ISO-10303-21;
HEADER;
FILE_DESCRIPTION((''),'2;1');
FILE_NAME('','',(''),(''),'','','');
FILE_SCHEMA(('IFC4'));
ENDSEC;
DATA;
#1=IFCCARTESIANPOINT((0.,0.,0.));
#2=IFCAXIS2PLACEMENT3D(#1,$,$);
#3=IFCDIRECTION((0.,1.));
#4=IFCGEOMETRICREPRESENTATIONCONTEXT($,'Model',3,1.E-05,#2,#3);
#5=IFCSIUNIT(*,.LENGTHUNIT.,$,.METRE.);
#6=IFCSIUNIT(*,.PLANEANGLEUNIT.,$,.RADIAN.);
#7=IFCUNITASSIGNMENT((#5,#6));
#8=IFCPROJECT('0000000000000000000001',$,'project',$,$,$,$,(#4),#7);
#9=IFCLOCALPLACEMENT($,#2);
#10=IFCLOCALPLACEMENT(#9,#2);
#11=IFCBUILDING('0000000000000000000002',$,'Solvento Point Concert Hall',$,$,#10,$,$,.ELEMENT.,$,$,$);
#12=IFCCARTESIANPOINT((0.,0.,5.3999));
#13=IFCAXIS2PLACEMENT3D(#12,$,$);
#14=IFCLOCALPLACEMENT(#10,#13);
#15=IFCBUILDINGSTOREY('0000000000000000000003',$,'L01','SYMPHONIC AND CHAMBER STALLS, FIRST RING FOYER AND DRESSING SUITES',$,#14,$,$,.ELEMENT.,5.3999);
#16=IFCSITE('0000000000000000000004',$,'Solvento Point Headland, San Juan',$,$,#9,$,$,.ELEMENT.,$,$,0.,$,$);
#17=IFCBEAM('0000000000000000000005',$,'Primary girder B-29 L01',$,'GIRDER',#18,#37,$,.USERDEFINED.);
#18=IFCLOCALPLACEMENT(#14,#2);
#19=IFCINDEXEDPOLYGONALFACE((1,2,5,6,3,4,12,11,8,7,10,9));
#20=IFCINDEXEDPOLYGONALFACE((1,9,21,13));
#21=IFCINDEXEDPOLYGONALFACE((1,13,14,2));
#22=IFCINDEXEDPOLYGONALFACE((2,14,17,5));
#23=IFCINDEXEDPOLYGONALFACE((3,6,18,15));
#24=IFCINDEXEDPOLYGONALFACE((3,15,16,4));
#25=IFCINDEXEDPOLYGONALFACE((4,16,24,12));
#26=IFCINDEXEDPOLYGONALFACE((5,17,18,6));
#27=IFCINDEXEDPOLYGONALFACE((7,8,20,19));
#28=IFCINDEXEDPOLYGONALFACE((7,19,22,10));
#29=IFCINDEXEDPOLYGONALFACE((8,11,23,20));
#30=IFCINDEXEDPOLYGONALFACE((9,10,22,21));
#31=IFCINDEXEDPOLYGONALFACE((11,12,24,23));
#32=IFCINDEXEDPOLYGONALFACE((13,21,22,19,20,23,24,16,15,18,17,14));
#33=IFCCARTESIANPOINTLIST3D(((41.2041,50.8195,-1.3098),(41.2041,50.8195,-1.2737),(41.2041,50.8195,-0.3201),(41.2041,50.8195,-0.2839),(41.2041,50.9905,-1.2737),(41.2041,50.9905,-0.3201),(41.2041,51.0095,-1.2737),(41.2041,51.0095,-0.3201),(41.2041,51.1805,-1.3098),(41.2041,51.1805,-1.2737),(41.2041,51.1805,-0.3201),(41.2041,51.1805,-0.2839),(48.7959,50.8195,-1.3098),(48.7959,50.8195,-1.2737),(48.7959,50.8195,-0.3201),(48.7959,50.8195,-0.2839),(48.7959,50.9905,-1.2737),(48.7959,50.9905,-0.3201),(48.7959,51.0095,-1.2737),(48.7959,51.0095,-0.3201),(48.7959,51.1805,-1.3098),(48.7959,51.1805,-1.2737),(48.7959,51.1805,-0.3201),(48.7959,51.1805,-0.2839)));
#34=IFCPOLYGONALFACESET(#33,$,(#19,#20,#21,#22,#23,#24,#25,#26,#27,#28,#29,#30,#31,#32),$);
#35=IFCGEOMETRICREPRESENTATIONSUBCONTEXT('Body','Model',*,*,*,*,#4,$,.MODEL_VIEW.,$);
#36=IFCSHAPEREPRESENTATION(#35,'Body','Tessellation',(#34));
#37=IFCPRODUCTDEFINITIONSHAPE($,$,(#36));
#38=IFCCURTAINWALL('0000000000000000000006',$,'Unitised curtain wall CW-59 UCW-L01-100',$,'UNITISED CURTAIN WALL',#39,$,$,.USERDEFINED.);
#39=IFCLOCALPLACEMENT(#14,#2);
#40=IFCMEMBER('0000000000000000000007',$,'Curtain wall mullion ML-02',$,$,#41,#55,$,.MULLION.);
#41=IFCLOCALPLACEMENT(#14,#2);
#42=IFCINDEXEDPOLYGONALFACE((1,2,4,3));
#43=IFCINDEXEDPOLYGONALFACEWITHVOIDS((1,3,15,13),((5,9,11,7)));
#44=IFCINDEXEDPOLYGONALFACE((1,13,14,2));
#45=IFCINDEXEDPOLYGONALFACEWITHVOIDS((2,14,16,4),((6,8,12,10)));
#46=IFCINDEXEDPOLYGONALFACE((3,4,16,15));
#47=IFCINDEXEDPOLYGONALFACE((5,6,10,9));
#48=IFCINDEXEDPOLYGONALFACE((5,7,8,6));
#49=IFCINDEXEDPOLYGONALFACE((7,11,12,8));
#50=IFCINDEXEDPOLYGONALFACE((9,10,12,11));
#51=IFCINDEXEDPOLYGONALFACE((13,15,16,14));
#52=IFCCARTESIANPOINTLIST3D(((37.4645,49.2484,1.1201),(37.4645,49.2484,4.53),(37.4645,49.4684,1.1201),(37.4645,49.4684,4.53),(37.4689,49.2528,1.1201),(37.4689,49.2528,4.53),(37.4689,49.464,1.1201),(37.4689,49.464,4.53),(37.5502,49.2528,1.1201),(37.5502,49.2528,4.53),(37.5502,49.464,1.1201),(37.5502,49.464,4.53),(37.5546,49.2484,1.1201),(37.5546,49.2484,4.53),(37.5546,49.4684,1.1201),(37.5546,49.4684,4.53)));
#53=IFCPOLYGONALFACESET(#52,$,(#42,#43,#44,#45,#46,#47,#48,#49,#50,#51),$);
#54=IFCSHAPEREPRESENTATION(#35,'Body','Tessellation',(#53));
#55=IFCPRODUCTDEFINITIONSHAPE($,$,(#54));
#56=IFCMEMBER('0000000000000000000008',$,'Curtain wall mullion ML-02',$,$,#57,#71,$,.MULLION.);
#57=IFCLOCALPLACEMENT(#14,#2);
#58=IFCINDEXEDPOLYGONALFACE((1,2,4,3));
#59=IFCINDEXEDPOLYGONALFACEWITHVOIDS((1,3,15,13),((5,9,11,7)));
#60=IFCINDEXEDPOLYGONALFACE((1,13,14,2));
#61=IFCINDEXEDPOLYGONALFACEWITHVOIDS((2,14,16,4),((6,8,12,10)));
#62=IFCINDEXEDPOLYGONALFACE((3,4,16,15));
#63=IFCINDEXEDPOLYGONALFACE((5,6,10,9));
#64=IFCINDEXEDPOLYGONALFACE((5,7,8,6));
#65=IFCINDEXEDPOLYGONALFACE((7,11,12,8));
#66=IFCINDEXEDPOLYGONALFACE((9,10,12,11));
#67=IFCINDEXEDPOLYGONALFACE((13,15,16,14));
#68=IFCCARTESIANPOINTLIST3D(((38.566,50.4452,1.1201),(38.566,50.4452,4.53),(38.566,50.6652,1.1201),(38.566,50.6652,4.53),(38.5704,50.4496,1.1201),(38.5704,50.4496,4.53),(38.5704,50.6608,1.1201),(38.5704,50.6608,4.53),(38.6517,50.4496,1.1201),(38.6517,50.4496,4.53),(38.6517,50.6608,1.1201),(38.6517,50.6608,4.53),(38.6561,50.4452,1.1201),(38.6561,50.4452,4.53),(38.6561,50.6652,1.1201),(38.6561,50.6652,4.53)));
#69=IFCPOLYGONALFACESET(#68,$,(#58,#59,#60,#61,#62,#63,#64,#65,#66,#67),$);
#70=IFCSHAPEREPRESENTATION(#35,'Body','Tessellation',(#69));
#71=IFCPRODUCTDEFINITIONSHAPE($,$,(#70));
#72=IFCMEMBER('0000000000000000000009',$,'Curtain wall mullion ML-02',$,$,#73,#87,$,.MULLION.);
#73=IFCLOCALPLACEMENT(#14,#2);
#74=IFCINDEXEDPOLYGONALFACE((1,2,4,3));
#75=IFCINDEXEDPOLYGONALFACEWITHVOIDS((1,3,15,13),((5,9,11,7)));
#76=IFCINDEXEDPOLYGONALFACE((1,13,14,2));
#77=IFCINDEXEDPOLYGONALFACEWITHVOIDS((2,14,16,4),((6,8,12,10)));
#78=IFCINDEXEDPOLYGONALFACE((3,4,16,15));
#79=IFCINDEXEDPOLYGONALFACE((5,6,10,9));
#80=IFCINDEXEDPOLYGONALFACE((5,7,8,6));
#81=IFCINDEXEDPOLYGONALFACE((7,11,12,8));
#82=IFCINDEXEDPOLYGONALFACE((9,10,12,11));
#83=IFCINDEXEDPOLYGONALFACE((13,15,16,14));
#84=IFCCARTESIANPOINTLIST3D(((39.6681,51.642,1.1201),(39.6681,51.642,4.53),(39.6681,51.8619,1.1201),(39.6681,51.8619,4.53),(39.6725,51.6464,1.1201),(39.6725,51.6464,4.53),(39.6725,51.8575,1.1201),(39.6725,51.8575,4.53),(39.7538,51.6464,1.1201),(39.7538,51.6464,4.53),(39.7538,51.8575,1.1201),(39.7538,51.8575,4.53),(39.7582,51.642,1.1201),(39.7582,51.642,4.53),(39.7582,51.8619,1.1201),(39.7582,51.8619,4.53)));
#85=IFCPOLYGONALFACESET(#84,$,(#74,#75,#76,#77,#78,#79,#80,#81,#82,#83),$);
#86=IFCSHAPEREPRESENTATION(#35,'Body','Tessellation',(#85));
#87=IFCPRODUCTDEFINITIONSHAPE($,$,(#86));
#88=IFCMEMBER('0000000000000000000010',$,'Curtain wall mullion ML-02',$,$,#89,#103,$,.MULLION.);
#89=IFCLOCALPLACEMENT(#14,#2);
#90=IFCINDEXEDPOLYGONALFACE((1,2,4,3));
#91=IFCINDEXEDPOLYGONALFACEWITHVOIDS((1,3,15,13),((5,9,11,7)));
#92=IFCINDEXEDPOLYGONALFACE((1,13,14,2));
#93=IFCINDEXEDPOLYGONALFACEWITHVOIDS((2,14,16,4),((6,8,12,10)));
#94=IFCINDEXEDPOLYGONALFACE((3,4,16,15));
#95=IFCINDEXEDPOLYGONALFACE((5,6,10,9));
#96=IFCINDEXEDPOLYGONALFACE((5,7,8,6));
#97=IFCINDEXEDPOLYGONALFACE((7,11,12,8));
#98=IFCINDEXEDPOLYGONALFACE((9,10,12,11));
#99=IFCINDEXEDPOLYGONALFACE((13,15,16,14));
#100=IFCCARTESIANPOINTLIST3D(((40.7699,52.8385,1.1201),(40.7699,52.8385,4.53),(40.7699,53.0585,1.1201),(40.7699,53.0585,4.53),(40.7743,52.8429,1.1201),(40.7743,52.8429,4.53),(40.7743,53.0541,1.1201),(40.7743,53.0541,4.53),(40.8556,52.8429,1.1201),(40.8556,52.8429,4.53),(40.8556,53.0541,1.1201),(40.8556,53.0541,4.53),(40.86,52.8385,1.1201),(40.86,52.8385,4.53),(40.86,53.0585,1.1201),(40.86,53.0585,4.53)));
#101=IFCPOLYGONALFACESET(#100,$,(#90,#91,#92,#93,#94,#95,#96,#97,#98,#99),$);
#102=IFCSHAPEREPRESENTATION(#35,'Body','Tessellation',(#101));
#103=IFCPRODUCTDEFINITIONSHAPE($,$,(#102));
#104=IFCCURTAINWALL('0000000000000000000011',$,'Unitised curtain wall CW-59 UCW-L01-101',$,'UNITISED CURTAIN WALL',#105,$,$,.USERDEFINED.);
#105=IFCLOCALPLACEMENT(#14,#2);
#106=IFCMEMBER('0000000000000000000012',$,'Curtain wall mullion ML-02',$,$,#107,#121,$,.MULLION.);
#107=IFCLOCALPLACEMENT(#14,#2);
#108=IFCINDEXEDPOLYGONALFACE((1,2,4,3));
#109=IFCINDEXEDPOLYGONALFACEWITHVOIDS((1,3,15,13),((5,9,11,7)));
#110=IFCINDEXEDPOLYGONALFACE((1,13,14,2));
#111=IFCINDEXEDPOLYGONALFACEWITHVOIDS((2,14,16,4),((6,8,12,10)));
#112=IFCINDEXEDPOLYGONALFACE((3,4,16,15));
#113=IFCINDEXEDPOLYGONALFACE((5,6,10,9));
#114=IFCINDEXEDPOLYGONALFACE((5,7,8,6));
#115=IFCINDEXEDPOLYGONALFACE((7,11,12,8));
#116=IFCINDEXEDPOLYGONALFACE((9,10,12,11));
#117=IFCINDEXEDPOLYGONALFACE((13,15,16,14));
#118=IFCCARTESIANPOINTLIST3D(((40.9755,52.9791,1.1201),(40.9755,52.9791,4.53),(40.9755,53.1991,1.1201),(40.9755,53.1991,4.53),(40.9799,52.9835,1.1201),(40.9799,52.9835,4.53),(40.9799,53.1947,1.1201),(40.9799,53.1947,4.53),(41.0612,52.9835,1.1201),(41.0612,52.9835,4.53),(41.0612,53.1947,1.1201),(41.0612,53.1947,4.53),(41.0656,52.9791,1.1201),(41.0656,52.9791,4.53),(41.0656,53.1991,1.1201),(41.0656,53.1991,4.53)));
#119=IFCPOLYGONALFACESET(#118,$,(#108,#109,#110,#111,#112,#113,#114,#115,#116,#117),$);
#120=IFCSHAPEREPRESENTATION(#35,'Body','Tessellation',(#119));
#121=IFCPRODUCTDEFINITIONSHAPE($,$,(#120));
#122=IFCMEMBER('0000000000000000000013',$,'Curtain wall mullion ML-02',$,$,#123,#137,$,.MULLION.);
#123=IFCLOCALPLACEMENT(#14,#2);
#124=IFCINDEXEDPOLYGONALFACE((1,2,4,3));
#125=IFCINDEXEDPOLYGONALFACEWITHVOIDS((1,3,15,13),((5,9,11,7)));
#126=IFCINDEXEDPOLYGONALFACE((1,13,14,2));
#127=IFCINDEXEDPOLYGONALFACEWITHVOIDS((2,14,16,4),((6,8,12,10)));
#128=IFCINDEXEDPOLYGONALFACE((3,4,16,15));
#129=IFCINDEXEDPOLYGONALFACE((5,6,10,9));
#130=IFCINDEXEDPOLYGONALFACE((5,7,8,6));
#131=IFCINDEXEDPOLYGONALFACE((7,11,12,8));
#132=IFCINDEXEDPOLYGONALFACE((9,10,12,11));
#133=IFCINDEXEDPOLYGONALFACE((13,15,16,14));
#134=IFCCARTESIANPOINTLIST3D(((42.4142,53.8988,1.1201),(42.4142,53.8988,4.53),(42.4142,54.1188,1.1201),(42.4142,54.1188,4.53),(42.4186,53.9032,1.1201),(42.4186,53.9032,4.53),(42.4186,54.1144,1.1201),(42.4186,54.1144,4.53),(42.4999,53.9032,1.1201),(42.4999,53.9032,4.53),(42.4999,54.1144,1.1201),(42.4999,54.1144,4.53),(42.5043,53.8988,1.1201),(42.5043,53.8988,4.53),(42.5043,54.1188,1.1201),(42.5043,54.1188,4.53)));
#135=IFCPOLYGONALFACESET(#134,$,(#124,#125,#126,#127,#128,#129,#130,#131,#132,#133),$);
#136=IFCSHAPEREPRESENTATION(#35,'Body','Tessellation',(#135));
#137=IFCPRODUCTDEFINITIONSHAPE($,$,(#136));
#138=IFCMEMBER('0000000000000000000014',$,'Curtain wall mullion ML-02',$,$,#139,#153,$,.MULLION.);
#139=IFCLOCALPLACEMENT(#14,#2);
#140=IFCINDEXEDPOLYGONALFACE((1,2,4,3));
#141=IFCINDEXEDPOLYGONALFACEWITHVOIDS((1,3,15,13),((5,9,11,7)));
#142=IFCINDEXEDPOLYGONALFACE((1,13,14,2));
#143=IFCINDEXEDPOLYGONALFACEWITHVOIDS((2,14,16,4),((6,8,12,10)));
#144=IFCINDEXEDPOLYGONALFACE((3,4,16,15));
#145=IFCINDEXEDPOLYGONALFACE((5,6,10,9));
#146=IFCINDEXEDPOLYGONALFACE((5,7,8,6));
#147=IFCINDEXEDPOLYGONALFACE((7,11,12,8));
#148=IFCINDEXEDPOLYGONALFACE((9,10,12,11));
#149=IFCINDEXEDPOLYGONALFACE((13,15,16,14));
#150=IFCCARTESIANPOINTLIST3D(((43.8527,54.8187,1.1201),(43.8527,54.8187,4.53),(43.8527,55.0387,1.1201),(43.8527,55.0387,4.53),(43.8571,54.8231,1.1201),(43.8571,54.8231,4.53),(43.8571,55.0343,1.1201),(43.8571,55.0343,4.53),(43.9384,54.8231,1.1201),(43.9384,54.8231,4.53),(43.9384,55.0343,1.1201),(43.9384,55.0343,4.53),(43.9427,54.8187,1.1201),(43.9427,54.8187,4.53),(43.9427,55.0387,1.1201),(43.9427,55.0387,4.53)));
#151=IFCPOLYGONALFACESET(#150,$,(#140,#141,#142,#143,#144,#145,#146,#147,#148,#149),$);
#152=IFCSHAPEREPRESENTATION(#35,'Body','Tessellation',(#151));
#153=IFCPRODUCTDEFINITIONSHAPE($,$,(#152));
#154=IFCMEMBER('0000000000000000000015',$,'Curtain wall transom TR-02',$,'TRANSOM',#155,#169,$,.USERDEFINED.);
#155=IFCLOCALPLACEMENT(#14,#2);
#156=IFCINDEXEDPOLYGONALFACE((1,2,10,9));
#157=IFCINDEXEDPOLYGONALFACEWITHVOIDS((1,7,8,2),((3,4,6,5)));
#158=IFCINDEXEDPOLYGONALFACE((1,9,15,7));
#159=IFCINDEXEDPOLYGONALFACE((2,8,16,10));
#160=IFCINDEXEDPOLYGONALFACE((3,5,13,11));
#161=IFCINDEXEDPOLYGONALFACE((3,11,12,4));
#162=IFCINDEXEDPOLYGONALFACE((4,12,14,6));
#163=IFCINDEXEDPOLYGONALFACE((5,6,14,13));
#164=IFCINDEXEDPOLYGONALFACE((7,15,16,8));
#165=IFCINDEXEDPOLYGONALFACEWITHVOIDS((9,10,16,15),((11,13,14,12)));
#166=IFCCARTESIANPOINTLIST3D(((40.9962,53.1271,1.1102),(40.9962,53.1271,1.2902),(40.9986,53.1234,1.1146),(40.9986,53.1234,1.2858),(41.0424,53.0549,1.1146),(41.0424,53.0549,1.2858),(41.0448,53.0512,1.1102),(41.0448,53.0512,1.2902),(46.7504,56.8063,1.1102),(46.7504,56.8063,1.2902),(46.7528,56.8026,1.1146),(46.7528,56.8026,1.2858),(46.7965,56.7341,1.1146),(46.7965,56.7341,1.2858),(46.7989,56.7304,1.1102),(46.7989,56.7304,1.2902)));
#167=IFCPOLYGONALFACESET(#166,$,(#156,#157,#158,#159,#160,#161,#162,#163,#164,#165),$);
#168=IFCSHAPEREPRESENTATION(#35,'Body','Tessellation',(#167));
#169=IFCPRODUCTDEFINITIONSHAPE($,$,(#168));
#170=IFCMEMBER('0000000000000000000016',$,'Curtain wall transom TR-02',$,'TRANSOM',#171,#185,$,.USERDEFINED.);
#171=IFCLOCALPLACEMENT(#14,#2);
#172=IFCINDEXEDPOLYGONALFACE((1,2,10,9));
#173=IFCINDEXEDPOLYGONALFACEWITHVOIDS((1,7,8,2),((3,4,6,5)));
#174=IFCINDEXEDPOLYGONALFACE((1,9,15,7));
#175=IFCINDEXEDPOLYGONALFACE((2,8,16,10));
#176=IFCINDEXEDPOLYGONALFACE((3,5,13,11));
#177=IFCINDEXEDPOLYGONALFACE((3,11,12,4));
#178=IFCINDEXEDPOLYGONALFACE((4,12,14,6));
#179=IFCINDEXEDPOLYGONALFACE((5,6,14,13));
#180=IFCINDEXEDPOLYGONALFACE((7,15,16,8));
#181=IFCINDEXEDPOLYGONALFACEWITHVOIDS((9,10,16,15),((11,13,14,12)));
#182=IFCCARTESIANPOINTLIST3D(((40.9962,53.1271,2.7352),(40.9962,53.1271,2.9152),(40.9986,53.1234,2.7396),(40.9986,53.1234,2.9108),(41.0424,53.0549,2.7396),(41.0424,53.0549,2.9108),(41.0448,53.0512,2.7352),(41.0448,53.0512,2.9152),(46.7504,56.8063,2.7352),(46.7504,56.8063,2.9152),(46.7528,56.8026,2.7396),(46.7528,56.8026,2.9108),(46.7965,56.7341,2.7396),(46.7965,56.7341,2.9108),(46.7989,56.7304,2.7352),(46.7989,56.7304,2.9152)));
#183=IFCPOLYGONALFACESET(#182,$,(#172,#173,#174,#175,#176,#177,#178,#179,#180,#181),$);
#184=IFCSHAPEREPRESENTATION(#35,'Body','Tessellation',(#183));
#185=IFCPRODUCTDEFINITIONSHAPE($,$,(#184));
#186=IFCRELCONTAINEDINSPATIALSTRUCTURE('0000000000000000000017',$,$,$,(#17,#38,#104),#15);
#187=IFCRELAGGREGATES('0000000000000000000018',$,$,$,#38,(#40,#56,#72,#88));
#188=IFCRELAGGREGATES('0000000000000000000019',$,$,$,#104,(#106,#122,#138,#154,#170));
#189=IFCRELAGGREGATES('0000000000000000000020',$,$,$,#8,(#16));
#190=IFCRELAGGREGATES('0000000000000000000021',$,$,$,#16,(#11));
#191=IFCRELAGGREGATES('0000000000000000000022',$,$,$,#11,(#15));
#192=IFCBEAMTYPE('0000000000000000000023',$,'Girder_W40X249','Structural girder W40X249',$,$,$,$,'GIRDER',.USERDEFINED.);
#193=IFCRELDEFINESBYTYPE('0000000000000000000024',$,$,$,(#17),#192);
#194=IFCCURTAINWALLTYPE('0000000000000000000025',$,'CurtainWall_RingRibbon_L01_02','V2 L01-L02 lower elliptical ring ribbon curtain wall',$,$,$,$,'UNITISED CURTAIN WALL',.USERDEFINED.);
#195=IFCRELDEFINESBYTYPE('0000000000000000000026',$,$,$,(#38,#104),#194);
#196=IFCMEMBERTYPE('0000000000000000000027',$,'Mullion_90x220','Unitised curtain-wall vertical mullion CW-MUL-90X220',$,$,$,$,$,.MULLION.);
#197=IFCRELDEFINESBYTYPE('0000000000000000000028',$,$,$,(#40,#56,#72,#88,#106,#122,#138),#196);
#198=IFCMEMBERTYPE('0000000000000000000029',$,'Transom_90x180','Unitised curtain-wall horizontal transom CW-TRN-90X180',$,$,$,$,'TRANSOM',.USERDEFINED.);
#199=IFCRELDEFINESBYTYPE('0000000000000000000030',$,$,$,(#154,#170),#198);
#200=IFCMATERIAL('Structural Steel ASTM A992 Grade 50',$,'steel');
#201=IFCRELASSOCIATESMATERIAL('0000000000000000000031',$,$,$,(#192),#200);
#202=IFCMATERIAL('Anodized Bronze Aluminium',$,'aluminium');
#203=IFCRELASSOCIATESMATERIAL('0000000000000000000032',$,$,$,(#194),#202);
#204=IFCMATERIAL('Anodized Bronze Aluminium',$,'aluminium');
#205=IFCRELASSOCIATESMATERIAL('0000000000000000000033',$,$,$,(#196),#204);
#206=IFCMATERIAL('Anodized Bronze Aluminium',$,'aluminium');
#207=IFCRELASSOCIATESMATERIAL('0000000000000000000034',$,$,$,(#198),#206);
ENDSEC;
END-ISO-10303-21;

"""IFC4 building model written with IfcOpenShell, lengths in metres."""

from ifc_helpers import new_model, si_unit, direction, frame, origin, origin_2d, place, context, subcontext, project, spatial, hollow_rectangle, i_section, extrude, material, material_profile, profile_set, type_object, element, aggregate, save


model = new_model("IFC4")

# Units and contexts
model_context = context("Model", 3, precision=1e-05, world=origin(), true_north=direction((0.0, 1.0)))
body_context = subcontext(model_context, "Body", "Model", "MODEL_VIEW")
ifc_project = project(units=[si_unit("LENGTHUNIT", "METRE"), si_unit("PLANEANGLEUNIT", "RADIAN")], contexts=[model_context])

# Site, building, storey
site_placement = place(None, origin())
site = spatial("IfcSite", under=ifc_project, at=site_placement, Name="Solvento Point Headland, San Juan", CompositionType="ELEMENT", RefElevation=0.0)
building_placement = place(site_placement, origin())
building = spatial("IfcBuilding", under=site, at=building_placement, Name="Solvento Point Concert Hall", CompositionType="ELEMENT")
storey_placement = place(building_placement, frame((0.0, 0.0, 5.3999)))
storey = spatial("IfcBuildingStorey", under=building, at=storey_placement, Name="L01", Description="SYMPHONIC AND CHAMBER STALLS, FIRST RING FOYER AND DRESSING SUITES", CompositionType="ELEMENT", Elevation=5.3999)

# Beam
ifc_material_1 = material(Name="Structural Steel ASTM A992 Grade 50", Category="steel")
ifc_material_profile_1 = material_profile(ifc_material_1, i_section(OverallWidth=0.3611, OverallDepth=1.0259, WebThickness=0.019, FlangeThickness=0.0361, at=origin_2d()), Name="W40X249")
ifc_profile_set_1 = profile_set([ifc_material_profile_1], Name="Structural Steel ASTM A992 Grade 50")
beam_type_1 = type_object("IfcBeamType", Name="Girder_W40X249", Description="Structural girder W40X249", ElementType="GIRDER", PredefinedType="USERDEFINED", material=ifc_profile_set_1)
beam_1_placement = place(storey_placement, frame((41.2041, 51.0, -0.7969), z_axis=(1.0, 0.0, 0.0), x_axis=(0.0, 1.0, 0.0)))
element("IfcBeam", 1, at=beam_1_placement, inside=storey, type_object=beam_type_1, Name="Primary girder B-29 L01", ObjectType="GIRDER", PredefinedType="USERDEFINED", context=body_context, shape_type="SweptSolid", body=[
    extrude(i_section(OverallWidth=0.3611, OverallDepth=1.0259, WebThickness=0.019, FlangeThickness=0.0361, at=origin_2d()), origin(), (0.0, 0.0, 1.0), 7.5918),
])

# Curtain walls, members
ifc_material_2 = material(Name="Anodized Bronze Aluminium", Category="aluminium")
curtain_wall_type = type_object("IfcCurtainWallType", Name="CurtainWall_RingRibbon_L01_02", Description="V2 L01-L02 lower elliptical ring ribbon curtain wall", ElementType="UNITISED CURTAIN WALL", PredefinedType="USERDEFINED", material=ifc_material_2)
curtain_wall_1_placement = place(storey_placement, origin())
curtain_wall_1 = element("IfcCurtainWall", 2, at=curtain_wall_1_placement, inside=storey, type_object=curtain_wall_type, Name="Unitised curtain wall CW-59 UCW-L01-100", ObjectType="UNITISED CURTAIN WALL", PredefinedType="USERDEFINED")
ifc_material_3 = material(Name="Anodized Bronze Aluminium", Category="aluminium")
ifc_material_profile_2 = material_profile(ifc_material_3, hollow_rectangle(XDim=0.0901, YDim=0.22, WallThickness=0.0044, at=origin_2d()), Name="CW-MUL-90X220")
ifc_profile_set_2 = profile_set([ifc_material_profile_2], Name="Anodized Bronze Aluminium")
member_type_1 = type_object("IfcMemberType", Name="Mullion_90x220", Description="Unitised curtain-wall vertical mullion CW-MUL-90X220", PredefinedType="MULLION", material=ifc_profile_set_2)
member_1_placement = place(storey_placement, frame((37.5095, 49.3584, 1.1201), z_axis=(0.0, 0.0, 1.0), x_axis=(1.0, 0.0, 0.0)))
member_1 = element("IfcMember", 3, at=member_1_placement, type_object=member_type_1, Name="Curtain wall mullion ML-02", PredefinedType="MULLION", context=body_context, shape_type="SweptSolid", body=[
    extrude(hollow_rectangle(XDim=0.0901, YDim=0.22, WallThickness=0.0044, at=origin_2d()), origin(), (0.0, 0.0, 1.0), 3.4099),
])
member_2_placement = place(storey_placement, frame((38.6111, 50.5552, 1.1201), z_axis=(0.0, 0.0, 1.0), x_axis=(1.0, 0.0, 0.0)))
member_2 = element("IfcMember", 4, at=member_2_placement, type_object=member_type_1, Name="Curtain wall mullion ML-02", PredefinedType="MULLION", context=body_context, shape_type="SweptSolid", body=[
    extrude(hollow_rectangle(XDim=0.0901, YDim=0.22, WallThickness=0.0044, at=origin_2d()), origin(), (0.0, 0.0, 1.0), 3.4099),
])
member_3_placement = place(storey_placement, frame((39.7131, 51.752, 1.1201), z_axis=(0.0, 0.0, 1.0), x_axis=(1.0, 0.0, 0.0)))
member_3 = element("IfcMember", 5, at=member_3_placement, type_object=member_type_1, Name="Curtain wall mullion ML-02", PredefinedType="MULLION", context=body_context, shape_type="SweptSolid", body=[
    extrude(hollow_rectangle(XDim=0.0901, YDim=0.22, WallThickness=0.0044, at=origin_2d()), origin(), (0.0, 0.0, 1.0), 3.4099),
])
member_4_placement = place(storey_placement, frame((40.8149, 52.9485, 1.1201), z_axis=(0.0, 0.0, 1.0), x_axis=(1.0, 0.0, 0.0)))
member_4 = element("IfcMember", 6, at=member_4_placement, type_object=member_type_1, Name="Curtain wall mullion ML-02", PredefinedType="MULLION", context=body_context, shape_type="SweptSolid", body=[
    extrude(hollow_rectangle(XDim=0.0901, YDim=0.22, WallThickness=0.0044, at=origin_2d()), origin(), (0.0, 0.0, 1.0), 3.4099),
])
curtain_wall_2_placement = place(storey_placement, origin())
curtain_wall_2 = element("IfcCurtainWall", 7, at=curtain_wall_2_placement, inside=storey, type_object=curtain_wall_type, Name="Unitised curtain wall CW-59 UCW-L01-101", ObjectType="UNITISED CURTAIN WALL", PredefinedType="USERDEFINED")
member_5_placement = place(storey_placement, frame((41.0205, 53.0891, 1.1201), z_axis=(0.0, 0.0, 1.0), x_axis=(1.0, 0.0, 0.0)))
member_5 = element("IfcMember", 8, at=member_5_placement, type_object=member_type_1, Name="Curtain wall mullion ML-02", PredefinedType="MULLION", context=body_context, shape_type="SweptSolid", body=[
    extrude(hollow_rectangle(XDim=0.0901, YDim=0.22, WallThickness=0.0044, at=origin_2d()), origin(), (0.0, 0.0, 1.0), 3.4099),
])
member_6_placement = place(storey_placement, frame((42.4592, 54.0088, 1.1201), z_axis=(0.0, 0.0, 1.0), x_axis=(1.0, 0.0, 0.0)))
member_6 = element("IfcMember", 9, at=member_6_placement, type_object=member_type_1, Name="Curtain wall mullion ML-02", PredefinedType="MULLION", context=body_context, shape_type="SweptSolid", body=[
    extrude(hollow_rectangle(XDim=0.0901, YDim=0.22, WallThickness=0.0044, at=origin_2d()), origin(), (0.0, 0.0, 1.0), 3.4099),
])
member_7_placement = place(storey_placement, frame((43.8977, 54.9287, 1.1201), z_axis=(0.0, 0.0, 1.0), x_axis=(1.0, 0.0, 0.0)))
member_7 = element("IfcMember", 10, at=member_7_placement, type_object=member_type_1, Name="Curtain wall mullion ML-02", PredefinedType="MULLION", context=body_context, shape_type="SweptSolid", body=[
    extrude(hollow_rectangle(XDim=0.0901, YDim=0.22, WallThickness=0.0044, at=origin_2d()), origin(), (0.0, 0.0, 1.0), 3.4099),
])
ifc_material_4 = material(Name="Anodized Bronze Aluminium", Category="aluminium")
ifc_material_profile_3 = material_profile(ifc_material_4, hollow_rectangle(XDim=0.0901, YDim=0.1799, WallThickness=0.0044, at=origin_2d()), Name="CW-TRN-90X180")
ifc_profile_set_3 = profile_set([ifc_material_profile_3], Name="Anodized Bronze Aluminium")
member_type_2 = type_object("IfcMemberType", Name="Transom_90x180", Description="Unitised curtain-wall horizontal transom CW-TRN-90X180", ElementType="TRANSOM", PredefinedType="USERDEFINED", material=ifc_profile_set_3)
member_8_placement = place(storey_placement, frame((41.0205, 53.0891, 1.2002), z_axis=(0.842501, 0.538695, 0.0), x_axis=(-0.538695, 0.842501, 0.0)))
member_8 = element("IfcMember", 11, at=member_8_placement, type_object=member_type_2, Name="Curtain wall transom TR-02", ObjectType="TRANSOM", PredefinedType="USERDEFINED", context=body_context, shape_type="SweptSolid", body=[
    extrude(hollow_rectangle(XDim=0.0901, YDim=0.1799, WallThickness=0.0044, at=origin_2d()), origin(), (0.0, 0.0, 1.0), 6.8298),
])
member_9_placement = place(storey_placement, frame((41.0205, 53.0891, 2.8252), z_axis=(0.842501, 0.538695, 0.0), x_axis=(-0.538695, 0.842501, 0.0)))
member_9 = element("IfcMember", 12, at=member_9_placement, type_object=member_type_2, Name="Curtain wall transom TR-02", ObjectType="TRANSOM", PredefinedType="USERDEFINED", context=body_context, shape_type="SweptSolid", body=[
    extrude(hollow_rectangle(XDim=0.0901, YDim=0.1799, WallThickness=0.0044, at=origin_2d()), origin(), (0.0, 0.0, 1.0), 6.8298),
])

aggregate(curtain_wall_1, [member_1, member_2, member_3, member_4])
aggregate(curtain_wall_2, [member_5, member_6, member_7, member_8, member_9])

save(model, "model.ifc")
